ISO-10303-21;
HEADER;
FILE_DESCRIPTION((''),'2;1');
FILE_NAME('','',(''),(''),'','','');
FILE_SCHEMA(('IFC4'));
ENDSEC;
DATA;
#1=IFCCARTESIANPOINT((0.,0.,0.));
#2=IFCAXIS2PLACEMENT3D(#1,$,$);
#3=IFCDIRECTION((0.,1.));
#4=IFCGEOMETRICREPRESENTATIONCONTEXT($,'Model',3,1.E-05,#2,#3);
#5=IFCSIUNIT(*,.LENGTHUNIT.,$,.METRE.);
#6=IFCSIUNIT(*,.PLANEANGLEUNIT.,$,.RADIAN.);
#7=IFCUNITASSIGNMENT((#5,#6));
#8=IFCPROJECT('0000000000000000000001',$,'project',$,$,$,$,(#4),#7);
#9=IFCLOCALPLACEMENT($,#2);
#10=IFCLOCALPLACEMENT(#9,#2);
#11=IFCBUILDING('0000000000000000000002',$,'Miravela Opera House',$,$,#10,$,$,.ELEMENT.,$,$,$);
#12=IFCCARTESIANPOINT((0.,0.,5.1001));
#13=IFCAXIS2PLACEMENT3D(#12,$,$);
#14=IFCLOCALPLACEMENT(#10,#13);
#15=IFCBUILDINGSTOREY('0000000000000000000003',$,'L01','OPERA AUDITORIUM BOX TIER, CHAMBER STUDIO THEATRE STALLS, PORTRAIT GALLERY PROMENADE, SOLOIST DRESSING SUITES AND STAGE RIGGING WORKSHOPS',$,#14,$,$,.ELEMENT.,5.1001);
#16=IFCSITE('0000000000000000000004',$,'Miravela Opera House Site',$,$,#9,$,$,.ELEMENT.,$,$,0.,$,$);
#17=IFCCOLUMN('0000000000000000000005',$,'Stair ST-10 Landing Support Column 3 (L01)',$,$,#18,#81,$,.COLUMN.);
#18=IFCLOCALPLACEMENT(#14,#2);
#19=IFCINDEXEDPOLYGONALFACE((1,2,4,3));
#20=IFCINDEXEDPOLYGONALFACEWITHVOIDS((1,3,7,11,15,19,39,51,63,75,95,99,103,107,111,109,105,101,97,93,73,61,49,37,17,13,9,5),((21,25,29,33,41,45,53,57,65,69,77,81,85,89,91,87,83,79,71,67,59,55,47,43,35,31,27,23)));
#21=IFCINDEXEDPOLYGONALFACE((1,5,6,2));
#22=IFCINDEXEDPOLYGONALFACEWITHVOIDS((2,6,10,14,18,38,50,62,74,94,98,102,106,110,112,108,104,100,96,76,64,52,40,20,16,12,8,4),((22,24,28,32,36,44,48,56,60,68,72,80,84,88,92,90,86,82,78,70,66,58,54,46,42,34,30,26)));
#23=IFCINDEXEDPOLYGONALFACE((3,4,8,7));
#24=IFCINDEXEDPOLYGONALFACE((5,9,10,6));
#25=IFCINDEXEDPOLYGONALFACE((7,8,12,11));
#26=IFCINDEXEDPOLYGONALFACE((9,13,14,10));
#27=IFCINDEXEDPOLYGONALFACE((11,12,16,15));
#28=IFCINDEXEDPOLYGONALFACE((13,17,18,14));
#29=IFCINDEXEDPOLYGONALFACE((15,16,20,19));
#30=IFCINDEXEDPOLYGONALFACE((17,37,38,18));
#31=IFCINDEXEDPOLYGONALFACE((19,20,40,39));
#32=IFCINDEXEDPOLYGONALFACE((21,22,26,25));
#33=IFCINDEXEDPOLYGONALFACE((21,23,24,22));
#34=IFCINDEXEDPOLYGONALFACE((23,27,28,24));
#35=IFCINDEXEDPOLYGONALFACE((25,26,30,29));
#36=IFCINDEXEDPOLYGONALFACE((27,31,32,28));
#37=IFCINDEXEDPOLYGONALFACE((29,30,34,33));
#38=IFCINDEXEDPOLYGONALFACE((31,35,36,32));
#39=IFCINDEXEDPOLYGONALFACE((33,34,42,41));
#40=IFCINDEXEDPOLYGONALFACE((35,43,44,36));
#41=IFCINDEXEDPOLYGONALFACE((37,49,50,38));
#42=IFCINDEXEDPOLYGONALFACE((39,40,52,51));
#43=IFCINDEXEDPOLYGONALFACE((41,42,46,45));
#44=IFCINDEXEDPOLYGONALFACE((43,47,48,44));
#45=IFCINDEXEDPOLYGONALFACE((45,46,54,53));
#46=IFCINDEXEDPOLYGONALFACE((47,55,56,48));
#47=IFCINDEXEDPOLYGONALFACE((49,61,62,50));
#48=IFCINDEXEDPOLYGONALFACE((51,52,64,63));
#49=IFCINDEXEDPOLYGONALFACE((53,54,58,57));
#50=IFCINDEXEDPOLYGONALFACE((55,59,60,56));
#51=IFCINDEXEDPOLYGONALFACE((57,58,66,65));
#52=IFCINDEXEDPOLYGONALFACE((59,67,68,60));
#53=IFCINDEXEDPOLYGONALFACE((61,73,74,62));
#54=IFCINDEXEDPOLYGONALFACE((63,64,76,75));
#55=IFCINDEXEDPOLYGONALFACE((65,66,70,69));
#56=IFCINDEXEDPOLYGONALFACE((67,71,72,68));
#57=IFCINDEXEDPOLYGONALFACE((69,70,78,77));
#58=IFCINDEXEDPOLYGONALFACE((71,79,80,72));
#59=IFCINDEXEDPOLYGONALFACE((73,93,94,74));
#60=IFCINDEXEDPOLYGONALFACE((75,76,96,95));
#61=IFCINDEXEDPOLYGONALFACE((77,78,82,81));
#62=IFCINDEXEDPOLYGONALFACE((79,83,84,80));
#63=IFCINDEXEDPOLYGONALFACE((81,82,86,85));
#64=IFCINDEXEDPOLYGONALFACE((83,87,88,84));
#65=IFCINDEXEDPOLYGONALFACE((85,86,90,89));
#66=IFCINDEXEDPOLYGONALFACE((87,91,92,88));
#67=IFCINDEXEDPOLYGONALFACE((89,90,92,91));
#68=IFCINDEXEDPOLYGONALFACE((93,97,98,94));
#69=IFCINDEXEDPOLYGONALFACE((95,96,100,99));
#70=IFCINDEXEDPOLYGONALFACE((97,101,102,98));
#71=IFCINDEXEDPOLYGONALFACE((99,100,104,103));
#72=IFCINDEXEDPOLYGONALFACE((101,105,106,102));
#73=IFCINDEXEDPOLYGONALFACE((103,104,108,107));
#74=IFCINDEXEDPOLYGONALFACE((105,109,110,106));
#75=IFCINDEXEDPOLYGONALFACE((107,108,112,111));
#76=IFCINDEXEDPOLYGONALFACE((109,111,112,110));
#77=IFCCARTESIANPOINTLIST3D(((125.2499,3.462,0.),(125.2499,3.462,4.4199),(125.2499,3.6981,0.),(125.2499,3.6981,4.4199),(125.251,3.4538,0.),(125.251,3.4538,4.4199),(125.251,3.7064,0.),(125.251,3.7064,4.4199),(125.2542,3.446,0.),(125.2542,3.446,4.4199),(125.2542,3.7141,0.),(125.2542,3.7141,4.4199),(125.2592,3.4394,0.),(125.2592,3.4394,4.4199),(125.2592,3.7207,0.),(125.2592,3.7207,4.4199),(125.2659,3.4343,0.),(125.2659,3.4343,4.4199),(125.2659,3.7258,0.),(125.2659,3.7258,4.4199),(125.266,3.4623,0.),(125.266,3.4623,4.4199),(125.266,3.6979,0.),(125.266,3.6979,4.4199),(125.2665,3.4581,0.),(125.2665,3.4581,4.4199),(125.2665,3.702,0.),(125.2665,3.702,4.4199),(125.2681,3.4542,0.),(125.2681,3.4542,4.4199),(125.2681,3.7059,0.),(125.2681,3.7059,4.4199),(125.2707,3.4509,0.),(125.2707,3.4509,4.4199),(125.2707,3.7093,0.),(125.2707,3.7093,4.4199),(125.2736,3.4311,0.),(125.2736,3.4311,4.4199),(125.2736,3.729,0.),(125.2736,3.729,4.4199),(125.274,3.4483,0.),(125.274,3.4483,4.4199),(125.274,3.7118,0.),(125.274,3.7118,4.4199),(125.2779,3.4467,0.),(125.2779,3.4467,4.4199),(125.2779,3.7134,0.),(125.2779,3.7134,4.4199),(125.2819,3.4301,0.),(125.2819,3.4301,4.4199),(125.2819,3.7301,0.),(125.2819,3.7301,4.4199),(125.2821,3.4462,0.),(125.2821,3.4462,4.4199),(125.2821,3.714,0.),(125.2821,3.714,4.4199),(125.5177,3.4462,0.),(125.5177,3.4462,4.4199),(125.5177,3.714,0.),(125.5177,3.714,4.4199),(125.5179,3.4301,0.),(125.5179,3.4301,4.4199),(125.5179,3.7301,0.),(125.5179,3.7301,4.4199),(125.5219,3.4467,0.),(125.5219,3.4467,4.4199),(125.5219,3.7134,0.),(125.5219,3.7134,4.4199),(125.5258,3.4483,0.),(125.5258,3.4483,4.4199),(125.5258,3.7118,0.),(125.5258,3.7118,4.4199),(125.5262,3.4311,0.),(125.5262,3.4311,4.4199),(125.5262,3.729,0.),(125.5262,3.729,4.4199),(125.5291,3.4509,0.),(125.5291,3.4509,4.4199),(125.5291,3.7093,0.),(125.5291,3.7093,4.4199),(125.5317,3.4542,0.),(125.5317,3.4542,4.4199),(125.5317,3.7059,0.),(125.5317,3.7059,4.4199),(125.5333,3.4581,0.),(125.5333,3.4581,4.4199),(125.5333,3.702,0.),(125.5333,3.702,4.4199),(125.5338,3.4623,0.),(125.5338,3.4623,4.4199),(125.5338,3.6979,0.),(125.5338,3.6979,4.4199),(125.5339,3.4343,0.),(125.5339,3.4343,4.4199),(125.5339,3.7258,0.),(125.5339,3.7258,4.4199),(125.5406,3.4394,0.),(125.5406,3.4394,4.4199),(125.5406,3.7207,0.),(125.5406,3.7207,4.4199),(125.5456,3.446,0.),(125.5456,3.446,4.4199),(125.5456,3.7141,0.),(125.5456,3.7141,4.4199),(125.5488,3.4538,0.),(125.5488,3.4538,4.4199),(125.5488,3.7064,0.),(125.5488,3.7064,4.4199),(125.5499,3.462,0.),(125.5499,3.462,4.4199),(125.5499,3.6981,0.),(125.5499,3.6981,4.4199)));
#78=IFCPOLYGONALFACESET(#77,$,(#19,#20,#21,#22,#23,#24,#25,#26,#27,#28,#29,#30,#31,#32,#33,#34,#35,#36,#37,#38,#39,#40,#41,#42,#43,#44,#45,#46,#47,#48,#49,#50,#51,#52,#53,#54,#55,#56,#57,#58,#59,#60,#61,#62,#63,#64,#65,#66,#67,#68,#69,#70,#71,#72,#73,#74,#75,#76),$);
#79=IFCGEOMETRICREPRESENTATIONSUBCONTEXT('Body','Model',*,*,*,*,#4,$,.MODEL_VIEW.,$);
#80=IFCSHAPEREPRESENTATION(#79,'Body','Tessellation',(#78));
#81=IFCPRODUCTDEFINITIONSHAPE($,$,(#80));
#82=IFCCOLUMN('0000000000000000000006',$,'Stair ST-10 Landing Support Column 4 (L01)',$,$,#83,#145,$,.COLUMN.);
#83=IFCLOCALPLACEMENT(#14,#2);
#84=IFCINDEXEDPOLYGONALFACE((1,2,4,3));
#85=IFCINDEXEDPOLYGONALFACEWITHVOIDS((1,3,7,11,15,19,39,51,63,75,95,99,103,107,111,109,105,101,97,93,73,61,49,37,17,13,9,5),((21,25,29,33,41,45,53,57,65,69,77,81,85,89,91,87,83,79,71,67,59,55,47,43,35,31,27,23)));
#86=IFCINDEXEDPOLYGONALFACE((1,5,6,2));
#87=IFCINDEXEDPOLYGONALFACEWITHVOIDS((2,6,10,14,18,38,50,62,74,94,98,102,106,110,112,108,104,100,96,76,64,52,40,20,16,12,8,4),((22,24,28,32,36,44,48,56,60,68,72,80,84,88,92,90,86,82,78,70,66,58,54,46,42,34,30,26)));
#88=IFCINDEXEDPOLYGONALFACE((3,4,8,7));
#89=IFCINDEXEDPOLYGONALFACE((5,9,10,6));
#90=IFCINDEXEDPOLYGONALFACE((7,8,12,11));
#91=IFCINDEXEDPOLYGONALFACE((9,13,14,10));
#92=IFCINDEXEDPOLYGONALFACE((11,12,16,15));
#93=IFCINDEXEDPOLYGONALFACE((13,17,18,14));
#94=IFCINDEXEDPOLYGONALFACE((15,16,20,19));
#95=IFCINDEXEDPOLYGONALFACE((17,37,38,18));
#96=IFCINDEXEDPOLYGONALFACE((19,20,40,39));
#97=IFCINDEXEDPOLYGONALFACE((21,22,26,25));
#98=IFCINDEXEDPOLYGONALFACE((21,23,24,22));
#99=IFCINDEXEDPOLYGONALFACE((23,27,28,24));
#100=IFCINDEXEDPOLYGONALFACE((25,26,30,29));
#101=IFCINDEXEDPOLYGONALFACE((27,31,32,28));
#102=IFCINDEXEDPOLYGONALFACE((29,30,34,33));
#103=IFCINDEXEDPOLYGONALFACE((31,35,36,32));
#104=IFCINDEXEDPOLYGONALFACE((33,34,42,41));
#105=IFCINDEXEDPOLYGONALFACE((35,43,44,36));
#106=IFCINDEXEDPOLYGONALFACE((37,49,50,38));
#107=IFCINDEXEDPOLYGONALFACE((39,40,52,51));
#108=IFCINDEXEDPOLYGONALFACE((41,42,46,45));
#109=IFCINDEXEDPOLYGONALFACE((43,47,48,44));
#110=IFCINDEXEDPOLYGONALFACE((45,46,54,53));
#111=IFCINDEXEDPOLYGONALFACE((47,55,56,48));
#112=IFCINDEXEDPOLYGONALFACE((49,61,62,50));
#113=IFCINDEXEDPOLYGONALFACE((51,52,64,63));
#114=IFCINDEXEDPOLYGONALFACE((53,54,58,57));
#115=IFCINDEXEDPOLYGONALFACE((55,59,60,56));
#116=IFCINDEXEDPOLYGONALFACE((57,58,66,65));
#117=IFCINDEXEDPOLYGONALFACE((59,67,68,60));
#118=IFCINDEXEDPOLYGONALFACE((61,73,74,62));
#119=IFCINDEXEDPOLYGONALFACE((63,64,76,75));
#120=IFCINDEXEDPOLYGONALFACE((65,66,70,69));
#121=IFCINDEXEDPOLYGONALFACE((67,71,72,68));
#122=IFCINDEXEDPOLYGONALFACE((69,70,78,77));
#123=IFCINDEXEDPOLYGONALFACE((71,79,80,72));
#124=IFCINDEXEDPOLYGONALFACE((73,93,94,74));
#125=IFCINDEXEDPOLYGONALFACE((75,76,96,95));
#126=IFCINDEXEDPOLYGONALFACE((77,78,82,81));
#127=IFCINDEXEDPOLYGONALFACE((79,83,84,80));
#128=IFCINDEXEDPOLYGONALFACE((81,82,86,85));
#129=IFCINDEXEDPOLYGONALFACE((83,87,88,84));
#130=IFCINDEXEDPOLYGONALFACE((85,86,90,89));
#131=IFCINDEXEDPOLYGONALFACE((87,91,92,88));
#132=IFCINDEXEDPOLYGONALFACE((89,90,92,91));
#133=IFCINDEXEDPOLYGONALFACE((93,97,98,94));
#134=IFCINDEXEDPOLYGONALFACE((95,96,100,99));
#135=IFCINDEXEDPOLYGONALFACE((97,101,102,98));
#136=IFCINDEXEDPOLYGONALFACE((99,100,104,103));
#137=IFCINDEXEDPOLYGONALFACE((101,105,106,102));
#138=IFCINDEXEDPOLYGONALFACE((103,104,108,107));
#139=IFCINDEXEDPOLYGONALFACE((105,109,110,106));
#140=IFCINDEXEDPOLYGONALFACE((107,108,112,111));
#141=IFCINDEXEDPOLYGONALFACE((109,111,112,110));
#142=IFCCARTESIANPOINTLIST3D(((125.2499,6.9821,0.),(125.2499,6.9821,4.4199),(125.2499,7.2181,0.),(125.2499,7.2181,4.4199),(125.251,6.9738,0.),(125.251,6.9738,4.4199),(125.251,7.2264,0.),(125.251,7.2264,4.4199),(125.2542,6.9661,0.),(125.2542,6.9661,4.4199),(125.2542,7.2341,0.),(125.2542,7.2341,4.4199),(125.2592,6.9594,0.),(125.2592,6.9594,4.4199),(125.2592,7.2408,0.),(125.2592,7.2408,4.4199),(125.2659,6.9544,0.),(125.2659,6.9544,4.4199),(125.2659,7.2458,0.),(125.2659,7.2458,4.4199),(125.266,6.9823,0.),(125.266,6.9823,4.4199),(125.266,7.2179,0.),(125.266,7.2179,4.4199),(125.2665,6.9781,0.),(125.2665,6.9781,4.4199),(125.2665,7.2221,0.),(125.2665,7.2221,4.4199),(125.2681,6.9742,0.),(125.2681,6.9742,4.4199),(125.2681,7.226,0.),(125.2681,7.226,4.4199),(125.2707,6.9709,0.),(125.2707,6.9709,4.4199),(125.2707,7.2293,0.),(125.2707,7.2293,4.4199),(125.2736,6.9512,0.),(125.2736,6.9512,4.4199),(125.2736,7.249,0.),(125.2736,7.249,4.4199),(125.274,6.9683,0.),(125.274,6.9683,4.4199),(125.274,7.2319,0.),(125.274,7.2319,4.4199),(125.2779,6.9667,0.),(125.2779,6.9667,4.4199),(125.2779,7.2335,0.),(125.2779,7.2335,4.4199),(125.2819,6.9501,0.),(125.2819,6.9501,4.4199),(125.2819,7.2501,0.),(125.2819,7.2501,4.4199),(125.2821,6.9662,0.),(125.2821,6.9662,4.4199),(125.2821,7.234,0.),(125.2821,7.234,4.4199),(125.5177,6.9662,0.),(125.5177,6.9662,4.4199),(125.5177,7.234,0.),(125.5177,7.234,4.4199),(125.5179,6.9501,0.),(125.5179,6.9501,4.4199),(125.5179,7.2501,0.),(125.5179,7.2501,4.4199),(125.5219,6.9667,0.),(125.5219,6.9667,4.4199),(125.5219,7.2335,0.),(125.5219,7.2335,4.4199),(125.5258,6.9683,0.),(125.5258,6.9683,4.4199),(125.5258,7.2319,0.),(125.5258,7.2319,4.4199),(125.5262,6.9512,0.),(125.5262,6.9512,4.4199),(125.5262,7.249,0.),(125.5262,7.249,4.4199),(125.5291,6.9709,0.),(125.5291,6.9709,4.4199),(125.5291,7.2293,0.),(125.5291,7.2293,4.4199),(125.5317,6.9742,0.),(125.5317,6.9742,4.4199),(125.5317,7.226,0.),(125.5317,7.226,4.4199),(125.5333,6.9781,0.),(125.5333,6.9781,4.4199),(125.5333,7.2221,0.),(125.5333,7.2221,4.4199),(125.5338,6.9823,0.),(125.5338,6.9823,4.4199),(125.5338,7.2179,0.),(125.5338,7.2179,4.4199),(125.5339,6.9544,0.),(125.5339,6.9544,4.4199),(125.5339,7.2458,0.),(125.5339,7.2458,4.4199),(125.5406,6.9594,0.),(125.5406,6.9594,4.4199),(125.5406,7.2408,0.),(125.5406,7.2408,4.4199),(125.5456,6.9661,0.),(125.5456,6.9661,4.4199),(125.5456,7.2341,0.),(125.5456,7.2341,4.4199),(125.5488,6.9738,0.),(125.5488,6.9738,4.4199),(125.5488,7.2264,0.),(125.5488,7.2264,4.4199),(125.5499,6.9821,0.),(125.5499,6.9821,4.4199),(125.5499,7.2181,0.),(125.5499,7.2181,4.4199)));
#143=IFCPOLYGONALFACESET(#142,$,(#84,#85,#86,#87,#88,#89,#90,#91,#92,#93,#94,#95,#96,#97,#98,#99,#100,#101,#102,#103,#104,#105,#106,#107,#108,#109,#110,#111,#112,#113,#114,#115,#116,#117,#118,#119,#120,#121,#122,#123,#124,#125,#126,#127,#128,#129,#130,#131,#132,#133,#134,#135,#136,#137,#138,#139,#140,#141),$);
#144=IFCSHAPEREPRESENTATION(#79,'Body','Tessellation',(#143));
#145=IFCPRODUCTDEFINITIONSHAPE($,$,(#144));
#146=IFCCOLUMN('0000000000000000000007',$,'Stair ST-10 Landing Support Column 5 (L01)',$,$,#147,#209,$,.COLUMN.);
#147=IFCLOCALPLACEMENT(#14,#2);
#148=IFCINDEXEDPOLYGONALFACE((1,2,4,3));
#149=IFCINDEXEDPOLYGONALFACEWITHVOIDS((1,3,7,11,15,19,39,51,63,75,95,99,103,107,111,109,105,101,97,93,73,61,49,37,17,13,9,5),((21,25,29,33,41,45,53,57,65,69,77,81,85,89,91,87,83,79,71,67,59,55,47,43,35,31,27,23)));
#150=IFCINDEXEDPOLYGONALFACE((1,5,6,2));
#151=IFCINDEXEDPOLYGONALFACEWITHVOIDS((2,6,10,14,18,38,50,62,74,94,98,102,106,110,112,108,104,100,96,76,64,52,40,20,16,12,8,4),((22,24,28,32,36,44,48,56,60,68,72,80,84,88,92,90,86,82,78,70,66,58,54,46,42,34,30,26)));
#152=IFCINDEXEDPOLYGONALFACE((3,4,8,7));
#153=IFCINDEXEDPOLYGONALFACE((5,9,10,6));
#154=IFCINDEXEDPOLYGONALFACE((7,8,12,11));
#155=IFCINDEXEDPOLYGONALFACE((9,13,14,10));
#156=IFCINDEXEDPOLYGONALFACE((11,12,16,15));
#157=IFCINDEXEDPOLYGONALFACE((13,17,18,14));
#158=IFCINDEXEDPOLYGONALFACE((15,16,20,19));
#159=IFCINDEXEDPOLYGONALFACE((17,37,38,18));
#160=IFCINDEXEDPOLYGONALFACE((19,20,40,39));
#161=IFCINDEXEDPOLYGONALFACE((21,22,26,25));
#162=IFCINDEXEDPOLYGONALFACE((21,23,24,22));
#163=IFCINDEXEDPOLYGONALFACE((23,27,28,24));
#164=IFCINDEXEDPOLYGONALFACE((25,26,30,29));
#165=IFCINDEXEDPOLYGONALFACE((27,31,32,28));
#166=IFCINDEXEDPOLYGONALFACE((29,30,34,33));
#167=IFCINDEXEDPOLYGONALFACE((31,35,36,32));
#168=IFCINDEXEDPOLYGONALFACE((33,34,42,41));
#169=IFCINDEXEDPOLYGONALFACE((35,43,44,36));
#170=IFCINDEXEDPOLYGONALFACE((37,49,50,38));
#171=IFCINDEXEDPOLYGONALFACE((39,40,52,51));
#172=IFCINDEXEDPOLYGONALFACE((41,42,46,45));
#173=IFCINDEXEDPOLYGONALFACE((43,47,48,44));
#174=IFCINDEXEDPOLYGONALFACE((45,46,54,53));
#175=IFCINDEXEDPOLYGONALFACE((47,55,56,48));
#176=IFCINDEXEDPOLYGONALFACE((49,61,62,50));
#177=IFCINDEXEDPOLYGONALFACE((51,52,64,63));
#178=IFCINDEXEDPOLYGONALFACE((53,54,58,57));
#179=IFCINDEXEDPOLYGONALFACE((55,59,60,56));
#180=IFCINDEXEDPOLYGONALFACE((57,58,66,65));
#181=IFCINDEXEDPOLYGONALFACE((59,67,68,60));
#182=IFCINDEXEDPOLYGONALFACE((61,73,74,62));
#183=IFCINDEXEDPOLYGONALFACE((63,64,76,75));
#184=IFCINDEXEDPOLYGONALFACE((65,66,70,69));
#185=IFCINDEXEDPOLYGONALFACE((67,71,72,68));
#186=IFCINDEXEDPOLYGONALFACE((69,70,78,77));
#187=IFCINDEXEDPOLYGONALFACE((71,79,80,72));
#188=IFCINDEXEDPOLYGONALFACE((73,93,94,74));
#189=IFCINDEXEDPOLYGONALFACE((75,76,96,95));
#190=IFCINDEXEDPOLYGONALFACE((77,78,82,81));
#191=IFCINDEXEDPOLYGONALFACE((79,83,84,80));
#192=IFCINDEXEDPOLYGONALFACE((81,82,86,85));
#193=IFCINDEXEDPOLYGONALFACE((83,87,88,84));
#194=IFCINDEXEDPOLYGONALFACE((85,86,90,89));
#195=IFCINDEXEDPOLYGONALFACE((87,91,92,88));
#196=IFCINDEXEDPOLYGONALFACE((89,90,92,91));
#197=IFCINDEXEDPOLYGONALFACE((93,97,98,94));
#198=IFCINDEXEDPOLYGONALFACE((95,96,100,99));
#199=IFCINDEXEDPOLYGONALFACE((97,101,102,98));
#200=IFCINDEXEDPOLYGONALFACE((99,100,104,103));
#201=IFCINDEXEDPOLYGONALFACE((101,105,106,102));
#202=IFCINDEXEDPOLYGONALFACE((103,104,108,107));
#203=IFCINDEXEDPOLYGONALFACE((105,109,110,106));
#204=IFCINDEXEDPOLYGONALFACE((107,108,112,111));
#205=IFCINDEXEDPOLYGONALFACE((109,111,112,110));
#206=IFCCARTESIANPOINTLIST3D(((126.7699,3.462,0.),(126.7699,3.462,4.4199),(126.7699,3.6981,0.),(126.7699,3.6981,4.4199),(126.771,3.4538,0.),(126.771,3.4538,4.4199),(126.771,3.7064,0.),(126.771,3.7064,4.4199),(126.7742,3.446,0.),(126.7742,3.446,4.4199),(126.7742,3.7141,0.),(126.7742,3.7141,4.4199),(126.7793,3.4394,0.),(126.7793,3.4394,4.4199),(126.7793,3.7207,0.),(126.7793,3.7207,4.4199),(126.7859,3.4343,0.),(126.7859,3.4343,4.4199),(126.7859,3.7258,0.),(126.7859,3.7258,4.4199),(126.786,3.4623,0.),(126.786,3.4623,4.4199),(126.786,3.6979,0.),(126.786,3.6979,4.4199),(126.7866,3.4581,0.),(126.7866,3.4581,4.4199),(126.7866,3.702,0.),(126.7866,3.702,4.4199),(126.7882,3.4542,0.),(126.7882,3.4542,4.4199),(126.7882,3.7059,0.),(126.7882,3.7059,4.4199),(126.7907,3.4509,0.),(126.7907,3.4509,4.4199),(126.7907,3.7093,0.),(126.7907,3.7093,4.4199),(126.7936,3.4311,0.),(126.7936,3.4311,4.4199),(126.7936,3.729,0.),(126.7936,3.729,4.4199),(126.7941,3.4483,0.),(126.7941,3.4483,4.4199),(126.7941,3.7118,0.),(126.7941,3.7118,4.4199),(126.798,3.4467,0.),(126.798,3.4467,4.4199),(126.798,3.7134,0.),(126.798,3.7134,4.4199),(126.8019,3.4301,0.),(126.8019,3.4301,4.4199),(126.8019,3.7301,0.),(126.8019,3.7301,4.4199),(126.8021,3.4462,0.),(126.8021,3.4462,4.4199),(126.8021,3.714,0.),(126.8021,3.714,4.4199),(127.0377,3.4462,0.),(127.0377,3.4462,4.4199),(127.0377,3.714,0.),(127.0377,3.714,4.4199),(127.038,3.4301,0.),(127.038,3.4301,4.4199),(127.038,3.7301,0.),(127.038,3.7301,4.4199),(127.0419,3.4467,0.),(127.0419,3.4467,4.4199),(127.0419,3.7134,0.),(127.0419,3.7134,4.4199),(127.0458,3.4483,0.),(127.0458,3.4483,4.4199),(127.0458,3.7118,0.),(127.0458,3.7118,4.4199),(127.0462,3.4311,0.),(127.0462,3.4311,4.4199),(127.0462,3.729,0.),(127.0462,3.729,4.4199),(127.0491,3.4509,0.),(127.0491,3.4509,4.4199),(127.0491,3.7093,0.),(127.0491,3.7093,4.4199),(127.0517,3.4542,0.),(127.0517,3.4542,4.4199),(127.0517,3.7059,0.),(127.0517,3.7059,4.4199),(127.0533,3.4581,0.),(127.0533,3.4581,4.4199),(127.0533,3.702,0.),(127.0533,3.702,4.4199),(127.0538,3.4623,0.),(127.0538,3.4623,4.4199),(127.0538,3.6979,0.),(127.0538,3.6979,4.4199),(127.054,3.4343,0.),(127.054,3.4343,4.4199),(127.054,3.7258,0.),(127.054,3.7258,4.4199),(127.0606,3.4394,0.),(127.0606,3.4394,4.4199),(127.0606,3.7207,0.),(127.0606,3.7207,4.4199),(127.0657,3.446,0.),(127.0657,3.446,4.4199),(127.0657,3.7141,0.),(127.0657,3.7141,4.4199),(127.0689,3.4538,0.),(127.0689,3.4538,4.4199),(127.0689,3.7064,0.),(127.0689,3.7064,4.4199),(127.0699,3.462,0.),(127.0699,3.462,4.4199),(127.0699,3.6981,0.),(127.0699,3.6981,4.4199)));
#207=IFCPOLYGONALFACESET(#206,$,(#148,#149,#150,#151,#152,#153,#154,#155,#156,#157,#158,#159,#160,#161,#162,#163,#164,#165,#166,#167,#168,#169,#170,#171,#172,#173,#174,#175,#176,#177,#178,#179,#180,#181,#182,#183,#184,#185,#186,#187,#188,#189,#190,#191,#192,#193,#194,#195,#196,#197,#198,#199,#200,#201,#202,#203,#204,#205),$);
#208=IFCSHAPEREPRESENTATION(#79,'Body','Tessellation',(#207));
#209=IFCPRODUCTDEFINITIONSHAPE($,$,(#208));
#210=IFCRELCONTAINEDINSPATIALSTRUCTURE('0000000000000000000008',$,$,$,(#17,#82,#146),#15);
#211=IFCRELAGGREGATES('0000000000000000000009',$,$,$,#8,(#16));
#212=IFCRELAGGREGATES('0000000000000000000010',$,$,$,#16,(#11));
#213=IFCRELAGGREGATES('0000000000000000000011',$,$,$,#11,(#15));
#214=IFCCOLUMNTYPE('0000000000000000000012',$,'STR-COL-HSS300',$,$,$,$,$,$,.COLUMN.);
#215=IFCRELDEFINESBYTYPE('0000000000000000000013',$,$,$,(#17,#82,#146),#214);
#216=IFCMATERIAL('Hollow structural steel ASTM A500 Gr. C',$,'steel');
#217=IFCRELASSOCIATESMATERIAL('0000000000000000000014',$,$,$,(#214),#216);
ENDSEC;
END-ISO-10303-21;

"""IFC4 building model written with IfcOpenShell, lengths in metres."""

from ifc_helpers import new_model, si_unit, direction, frame, origin, origin_2d, place, context, subcontext, project, spatial, hollow_rectangle, extrude, material, material_profile, profile_set, type_object, element, save


model = new_model("IFC4")

# Units and contexts
model_context = context("Model", 3, precision=1e-05, world=origin(), true_north=direction((0.0, 1.0)))
body_context = subcontext(model_context, "Body", "Model", "MODEL_VIEW")
ifc_project = project(units=[si_unit("LENGTHUNIT", "METRE"), si_unit("PLANEANGLEUNIT", "RADIAN")], contexts=[model_context])

# Site, building, storey
site_placement = place(None, origin())
site = spatial("IfcSite", under=ifc_project, at=site_placement, Name="Miravela Opera House Site", CompositionType="ELEMENT", RefElevation=0.0)
building_placement = place(site_placement, origin())
building = spatial("IfcBuilding", under=site, at=building_placement, Name="Miravela Opera House", CompositionType="ELEMENT")
storey_placement = place(building_placement, frame((0.0, 0.0, 5.1001)))
storey = spatial("IfcBuildingStorey", under=building, at=storey_placement, Name="L01", Description="OPERA AUDITORIUM BOX TIER, CHAMBER STUDIO THEATRE STALLS, PORTRAIT GALLERY PROMENADE, SOLOIST DRESSING SUITES AND STAGE RIGGING WORKSHOPS", CompositionType="ELEMENT", Elevation=5.1001)

# Columns
ifc_material_1 = material(Name="Hollow structural steel ASTM A500 Gr. C", Category="steel")
ifc_material_profile_1 = material_profile(ifc_material_1, hollow_rectangle(XDim=0.3, YDim=0.3, WallThickness=0.0161, InnerFilletRadius=0.0161, OuterFilletRadius=0.032, at=origin_2d()), Name="HSS300X300X16")
ifc_profile_set_1 = profile_set([ifc_material_profile_1])
column_type_1 = type_object("IfcColumnType", Name="STR-COL-HSS300", PredefinedType="COLUMN", material=ifc_profile_set_1)
for number, where, z_axis, x_axis, name in (
    (1, (125.3999, 3.5801, 0.0), (0.0, 0.0, 1.0), (1.0, 0.0, 0.0), "Stair ST-10 Landing Support Column 3 (L01)"),
    (2, (125.3999, 7.1001, 0.0), (0.0, 0.0, 1.0), (1.0, 0.0, 0.0), "Stair ST-10 Landing Support Column 4 (L01)"),
    (3, (126.9199, 3.5801, 0.0), (0.0, 0.0, 1.0), (1.0, 0.0, 0.0), "Stair ST-10 Landing Support Column 5 (L01)"),
):
    element("IfcColumn", number, at=place(storey_placement, frame(where, z_axis=z_axis, x_axis=x_axis)), inside=storey, type_object=column_type_1, Name=name, PredefinedType="COLUMN", context=body_context, shape_type="SweptSolid", body=[
        extrude(hollow_rectangle(XDim=0.3, YDim=0.3, WallThickness=0.0161, InnerFilletRadius=0.0161, OuterFilletRadius=0.032, at=origin_2d()), origin(), (0.0, 0.0, 1.0), 4.4199),
    ])

save(model, "model.ifc")
